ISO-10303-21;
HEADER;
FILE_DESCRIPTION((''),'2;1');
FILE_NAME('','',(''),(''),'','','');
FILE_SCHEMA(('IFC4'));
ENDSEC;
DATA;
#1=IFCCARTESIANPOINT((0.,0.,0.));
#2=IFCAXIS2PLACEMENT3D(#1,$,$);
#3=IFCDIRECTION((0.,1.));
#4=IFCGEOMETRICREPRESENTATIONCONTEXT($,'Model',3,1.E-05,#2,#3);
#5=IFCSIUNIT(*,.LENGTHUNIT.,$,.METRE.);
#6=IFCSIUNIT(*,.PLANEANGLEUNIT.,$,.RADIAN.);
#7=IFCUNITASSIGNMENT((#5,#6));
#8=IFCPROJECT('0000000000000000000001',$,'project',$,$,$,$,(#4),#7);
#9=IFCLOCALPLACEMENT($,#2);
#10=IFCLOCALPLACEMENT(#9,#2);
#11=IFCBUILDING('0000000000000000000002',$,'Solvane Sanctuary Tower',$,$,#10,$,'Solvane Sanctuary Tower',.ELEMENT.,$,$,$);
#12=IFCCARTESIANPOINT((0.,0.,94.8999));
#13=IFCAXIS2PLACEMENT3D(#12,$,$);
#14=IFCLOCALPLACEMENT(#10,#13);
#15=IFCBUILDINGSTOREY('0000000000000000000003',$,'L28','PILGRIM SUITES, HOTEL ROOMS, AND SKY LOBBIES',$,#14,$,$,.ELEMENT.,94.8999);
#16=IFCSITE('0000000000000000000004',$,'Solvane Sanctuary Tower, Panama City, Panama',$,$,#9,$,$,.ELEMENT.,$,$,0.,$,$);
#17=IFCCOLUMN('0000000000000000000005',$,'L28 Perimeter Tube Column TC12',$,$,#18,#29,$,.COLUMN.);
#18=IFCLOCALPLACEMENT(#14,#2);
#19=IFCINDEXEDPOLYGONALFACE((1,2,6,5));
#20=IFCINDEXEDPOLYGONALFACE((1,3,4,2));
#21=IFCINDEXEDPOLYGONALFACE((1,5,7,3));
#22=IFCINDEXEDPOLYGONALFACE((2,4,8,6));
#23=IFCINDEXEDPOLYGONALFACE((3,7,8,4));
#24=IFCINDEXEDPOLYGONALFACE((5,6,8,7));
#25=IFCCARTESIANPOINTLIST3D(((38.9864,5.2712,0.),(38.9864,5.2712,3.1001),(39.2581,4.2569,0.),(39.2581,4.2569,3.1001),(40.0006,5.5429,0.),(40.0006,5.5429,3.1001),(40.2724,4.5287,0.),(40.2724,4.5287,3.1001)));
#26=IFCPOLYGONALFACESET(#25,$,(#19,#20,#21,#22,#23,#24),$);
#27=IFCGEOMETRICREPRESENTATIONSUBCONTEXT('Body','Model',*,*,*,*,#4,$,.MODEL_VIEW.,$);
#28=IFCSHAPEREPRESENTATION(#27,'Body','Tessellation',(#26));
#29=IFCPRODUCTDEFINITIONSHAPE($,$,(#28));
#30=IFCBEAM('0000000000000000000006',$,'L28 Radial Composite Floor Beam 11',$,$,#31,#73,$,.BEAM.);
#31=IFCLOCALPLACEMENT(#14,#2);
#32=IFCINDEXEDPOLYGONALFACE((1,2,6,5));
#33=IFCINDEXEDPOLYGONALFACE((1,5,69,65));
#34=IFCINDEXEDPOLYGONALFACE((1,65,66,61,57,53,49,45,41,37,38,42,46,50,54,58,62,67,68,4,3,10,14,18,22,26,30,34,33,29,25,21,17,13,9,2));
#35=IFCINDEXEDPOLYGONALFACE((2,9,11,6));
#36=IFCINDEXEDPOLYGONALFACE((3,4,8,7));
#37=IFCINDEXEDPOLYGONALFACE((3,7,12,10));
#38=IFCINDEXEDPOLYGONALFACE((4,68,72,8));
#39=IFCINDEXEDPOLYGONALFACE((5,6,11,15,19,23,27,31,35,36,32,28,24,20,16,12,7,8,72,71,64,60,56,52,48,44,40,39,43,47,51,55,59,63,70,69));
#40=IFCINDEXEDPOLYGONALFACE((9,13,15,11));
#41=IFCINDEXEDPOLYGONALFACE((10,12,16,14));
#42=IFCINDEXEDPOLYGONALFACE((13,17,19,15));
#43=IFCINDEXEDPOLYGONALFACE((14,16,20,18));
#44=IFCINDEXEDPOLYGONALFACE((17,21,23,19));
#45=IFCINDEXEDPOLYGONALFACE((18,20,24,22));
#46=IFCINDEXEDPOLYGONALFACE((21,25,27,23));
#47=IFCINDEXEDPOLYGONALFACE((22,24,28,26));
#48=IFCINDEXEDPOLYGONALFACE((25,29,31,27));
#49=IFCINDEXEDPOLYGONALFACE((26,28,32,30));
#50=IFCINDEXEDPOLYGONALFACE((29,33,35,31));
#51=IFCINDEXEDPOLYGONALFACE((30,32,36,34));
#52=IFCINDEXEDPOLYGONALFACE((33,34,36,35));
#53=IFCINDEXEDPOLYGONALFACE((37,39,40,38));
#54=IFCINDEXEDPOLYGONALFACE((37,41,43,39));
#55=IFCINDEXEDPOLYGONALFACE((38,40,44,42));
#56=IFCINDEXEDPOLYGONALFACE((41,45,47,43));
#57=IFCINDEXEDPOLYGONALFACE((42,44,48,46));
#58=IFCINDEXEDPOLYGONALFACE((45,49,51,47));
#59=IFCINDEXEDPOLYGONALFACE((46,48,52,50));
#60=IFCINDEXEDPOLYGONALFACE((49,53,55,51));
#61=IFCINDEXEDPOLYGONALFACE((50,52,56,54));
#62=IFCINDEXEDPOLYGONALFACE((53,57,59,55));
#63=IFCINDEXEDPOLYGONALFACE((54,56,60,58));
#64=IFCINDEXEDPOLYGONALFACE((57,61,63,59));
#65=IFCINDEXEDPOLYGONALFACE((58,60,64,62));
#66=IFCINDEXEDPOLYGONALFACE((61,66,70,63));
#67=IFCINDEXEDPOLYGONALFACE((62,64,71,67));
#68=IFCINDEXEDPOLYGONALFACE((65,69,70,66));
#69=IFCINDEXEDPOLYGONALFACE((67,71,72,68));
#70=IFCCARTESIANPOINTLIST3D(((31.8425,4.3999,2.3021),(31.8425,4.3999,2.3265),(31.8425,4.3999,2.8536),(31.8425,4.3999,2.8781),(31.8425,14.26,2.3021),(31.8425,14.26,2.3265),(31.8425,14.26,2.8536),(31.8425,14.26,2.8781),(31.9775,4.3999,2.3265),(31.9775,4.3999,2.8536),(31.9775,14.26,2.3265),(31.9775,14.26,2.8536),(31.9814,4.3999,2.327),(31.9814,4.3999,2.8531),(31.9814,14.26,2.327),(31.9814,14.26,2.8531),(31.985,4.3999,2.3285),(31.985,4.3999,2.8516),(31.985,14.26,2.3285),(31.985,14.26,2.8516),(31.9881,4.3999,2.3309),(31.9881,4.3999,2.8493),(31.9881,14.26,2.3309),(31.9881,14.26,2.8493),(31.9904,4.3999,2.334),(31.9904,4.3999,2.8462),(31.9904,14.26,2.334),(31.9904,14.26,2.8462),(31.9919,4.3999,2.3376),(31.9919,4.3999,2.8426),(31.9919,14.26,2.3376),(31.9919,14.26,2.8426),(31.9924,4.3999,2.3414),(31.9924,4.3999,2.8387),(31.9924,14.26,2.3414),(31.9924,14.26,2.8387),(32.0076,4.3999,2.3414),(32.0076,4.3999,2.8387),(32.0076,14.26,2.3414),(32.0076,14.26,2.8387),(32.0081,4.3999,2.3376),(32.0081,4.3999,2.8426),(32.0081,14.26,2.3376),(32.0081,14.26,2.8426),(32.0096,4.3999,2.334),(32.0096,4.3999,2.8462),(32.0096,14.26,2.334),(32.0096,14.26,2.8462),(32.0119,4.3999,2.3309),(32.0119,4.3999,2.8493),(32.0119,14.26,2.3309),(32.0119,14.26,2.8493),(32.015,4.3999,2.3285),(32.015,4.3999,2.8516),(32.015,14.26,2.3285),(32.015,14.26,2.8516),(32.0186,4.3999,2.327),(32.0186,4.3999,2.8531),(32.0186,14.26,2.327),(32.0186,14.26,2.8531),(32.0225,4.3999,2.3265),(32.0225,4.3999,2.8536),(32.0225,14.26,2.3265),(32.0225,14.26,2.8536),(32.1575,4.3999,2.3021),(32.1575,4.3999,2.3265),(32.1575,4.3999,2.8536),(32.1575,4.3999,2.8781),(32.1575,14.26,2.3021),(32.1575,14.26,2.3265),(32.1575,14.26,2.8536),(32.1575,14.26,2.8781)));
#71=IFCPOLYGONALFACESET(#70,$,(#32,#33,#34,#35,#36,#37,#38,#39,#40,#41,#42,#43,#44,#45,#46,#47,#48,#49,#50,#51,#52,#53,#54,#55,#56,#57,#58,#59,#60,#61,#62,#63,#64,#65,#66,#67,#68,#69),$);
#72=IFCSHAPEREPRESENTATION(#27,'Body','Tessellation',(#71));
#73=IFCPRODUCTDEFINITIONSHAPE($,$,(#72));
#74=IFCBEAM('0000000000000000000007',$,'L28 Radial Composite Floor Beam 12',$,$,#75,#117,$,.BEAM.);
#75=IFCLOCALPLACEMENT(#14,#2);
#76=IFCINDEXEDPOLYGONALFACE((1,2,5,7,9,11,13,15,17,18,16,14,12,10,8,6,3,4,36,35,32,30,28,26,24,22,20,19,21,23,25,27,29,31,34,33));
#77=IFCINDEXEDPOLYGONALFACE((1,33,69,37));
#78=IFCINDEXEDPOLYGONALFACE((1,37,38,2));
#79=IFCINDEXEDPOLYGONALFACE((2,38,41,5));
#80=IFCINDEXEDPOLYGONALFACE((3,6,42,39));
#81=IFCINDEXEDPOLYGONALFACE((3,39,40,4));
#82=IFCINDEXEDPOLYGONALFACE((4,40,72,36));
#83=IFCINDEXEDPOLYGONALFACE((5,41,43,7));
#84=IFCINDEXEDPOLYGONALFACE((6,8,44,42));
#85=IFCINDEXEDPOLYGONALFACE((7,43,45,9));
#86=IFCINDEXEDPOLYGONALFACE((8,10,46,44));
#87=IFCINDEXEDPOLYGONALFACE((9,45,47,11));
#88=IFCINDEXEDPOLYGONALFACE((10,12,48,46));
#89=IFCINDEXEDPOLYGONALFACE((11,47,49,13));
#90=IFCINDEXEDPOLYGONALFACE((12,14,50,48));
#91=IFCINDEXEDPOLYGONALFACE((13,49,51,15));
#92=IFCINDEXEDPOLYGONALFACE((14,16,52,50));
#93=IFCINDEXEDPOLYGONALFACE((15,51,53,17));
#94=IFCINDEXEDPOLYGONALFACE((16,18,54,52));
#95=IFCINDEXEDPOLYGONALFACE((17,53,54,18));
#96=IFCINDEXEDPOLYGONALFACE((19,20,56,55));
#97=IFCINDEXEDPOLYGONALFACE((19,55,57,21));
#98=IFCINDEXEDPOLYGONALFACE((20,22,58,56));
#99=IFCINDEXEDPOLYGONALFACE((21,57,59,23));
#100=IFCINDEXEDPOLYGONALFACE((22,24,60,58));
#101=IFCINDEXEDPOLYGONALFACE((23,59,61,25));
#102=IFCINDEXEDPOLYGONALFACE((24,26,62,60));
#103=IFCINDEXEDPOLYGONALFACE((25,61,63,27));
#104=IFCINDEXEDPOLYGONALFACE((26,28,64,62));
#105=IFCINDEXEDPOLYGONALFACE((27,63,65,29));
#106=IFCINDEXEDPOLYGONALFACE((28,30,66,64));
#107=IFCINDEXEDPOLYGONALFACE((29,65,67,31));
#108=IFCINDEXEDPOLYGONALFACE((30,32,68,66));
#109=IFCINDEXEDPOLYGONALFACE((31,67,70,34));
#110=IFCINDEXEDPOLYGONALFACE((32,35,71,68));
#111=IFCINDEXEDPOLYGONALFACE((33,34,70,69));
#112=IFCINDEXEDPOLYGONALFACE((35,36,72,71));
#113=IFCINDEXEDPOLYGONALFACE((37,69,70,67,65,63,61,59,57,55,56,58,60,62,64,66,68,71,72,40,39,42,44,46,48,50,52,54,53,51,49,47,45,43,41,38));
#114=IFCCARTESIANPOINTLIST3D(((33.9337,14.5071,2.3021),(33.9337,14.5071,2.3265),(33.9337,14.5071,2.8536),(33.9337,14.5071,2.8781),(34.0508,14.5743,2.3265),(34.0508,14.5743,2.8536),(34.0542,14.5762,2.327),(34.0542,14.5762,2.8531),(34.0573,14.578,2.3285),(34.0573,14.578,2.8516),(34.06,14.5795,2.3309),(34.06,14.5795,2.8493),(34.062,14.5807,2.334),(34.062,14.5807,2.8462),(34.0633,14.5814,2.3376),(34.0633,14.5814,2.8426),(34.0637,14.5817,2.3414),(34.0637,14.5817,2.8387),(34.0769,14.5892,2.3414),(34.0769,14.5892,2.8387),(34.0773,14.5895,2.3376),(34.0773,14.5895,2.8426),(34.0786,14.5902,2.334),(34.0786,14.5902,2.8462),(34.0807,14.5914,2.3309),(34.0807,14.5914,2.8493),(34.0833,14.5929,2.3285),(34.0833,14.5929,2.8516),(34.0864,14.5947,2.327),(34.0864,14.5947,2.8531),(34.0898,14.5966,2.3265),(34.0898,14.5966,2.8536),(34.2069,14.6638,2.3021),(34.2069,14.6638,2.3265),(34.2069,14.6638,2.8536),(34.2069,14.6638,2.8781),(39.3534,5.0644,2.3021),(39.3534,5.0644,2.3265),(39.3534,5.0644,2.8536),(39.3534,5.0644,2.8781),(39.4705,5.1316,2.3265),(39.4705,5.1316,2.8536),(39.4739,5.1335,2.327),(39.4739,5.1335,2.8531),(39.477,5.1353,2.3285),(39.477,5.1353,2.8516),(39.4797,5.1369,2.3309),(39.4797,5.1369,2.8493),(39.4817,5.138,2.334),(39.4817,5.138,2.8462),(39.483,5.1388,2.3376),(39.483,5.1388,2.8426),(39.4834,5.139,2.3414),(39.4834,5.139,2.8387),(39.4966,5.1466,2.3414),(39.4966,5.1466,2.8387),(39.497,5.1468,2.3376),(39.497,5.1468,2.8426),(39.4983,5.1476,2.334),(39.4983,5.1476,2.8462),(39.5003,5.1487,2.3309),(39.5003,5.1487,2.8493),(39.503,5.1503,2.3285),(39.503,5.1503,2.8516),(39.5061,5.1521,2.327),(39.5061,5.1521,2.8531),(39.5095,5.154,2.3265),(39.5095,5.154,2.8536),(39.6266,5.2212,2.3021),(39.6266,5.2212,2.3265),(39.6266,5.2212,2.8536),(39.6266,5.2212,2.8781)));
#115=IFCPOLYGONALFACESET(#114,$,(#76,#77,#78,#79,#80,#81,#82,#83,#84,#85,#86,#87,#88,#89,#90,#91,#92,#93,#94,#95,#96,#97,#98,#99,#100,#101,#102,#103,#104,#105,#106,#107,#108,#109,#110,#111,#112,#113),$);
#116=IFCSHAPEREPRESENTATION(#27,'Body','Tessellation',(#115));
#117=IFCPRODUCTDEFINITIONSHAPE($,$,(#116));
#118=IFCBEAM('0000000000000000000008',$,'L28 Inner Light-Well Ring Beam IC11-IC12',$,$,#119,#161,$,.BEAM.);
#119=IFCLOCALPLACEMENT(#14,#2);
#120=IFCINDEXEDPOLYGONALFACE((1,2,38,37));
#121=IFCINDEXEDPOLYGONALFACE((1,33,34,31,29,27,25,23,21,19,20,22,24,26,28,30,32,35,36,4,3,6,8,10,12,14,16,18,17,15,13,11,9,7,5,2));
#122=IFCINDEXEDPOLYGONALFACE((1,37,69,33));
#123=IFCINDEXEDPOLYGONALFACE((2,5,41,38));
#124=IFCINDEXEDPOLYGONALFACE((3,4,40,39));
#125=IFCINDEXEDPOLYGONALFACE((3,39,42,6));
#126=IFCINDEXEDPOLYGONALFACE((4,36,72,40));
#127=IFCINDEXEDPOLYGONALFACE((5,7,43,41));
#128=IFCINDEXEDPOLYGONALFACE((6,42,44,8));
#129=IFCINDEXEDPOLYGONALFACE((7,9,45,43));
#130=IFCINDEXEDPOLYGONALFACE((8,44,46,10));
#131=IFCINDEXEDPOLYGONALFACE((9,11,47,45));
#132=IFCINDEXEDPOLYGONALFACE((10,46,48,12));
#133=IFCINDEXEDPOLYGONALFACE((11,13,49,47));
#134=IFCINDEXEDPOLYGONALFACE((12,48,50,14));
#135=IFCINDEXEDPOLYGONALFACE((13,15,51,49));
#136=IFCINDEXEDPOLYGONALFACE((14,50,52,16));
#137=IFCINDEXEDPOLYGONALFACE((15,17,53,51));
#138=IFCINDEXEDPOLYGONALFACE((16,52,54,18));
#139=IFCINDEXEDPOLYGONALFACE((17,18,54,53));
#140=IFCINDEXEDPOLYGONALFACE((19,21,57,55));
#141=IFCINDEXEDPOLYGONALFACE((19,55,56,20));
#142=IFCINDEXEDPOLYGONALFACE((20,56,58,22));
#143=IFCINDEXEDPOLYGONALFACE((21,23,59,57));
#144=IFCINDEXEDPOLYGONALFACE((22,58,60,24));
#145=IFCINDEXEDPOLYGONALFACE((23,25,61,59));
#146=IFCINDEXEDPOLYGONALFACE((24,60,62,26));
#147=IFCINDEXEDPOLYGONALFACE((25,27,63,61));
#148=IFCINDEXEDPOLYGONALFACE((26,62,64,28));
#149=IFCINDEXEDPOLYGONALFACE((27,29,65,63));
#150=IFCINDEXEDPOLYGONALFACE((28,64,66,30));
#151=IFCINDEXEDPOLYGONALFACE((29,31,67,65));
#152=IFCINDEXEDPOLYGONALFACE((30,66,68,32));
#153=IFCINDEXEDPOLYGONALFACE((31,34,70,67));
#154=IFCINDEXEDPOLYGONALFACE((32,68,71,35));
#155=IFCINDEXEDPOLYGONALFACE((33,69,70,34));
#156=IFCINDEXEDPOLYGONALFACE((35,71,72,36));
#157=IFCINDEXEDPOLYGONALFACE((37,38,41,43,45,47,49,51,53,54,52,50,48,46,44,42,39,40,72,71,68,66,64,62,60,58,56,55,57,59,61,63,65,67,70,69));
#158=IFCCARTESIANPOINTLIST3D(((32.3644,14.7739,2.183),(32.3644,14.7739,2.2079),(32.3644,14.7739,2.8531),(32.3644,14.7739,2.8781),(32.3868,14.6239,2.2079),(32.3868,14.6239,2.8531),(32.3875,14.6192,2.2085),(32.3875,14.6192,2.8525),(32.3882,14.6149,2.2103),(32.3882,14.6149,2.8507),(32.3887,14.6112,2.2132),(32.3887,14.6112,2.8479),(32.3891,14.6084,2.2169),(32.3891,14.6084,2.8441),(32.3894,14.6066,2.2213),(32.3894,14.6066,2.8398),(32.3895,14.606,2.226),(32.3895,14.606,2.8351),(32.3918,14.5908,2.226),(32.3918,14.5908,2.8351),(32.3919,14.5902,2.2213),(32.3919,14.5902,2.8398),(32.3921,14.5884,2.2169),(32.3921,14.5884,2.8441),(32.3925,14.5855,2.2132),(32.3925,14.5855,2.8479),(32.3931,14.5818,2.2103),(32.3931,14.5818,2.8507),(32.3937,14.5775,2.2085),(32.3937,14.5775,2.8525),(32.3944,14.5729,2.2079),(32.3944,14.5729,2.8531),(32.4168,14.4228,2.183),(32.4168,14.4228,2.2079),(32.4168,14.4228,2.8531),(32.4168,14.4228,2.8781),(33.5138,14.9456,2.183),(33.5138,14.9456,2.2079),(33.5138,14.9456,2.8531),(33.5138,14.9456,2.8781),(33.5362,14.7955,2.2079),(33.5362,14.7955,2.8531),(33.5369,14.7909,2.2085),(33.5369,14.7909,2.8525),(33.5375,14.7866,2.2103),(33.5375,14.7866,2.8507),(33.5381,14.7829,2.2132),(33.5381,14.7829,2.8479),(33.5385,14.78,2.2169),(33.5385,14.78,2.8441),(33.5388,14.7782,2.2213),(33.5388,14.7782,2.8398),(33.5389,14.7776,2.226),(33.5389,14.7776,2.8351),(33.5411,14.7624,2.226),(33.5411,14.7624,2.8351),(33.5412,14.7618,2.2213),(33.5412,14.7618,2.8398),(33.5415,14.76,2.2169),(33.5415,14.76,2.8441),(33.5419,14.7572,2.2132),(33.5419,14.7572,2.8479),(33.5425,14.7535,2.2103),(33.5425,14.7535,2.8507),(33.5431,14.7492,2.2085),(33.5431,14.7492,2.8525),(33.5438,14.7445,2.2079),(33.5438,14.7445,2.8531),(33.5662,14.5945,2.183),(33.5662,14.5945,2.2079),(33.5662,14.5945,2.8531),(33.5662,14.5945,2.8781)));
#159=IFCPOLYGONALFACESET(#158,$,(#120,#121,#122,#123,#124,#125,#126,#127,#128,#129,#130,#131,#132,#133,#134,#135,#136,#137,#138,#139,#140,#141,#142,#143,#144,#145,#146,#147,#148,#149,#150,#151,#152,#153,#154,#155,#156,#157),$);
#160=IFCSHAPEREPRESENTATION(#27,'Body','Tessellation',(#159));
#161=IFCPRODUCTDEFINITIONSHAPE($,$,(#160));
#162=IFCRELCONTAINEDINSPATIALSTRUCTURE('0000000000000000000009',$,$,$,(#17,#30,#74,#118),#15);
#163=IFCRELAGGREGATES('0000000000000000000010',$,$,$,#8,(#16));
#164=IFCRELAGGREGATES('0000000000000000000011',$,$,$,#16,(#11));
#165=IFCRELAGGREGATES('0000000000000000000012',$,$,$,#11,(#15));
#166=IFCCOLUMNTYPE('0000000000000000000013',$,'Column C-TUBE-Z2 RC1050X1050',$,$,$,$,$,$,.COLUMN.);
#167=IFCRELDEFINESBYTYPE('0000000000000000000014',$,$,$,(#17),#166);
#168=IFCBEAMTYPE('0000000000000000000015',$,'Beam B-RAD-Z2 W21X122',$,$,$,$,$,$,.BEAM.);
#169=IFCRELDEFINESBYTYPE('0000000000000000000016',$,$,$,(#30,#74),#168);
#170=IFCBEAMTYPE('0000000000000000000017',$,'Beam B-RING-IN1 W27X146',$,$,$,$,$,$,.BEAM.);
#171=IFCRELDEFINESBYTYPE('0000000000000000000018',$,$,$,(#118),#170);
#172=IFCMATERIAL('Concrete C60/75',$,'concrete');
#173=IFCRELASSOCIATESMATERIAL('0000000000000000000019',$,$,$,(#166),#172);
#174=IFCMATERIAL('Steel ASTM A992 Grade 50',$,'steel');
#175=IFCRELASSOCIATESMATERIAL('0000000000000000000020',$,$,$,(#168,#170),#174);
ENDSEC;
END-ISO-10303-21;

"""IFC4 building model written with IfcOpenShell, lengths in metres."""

from ifc_helpers import new_model, si_unit, direction, frame, origin, origin_2d, place, context, subcontext, project, spatial, rectangle, i_section, extrude, material, material_profile, profile_set, type_object, element, save


model = new_model("IFC4")

# Units and contexts
model_context = context("Model", 3, precision=1e-05, world=origin(), true_north=direction((0.0, 1.0)))
body_context = subcontext(model_context, "Body", "Model", "MODEL_VIEW")
ifc_project = project(units=[si_unit("LENGTHUNIT", "METRE"), si_unit("PLANEANGLEUNIT", "RADIAN")], contexts=[model_context])

# Site, building, storey
site_placement = place(None, origin())
site = spatial("IfcSite", under=ifc_project, at=site_placement, Name="Solvane Sanctuary Tower, Panama City, Panama", CompositionType="ELEMENT", RefElevation=0.0)
building_placement = place(site_placement, origin())
building = spatial("IfcBuilding", under=site, at=building_placement, Name="Solvane Sanctuary Tower", LongName="Solvane Sanctuary Tower", CompositionType="ELEMENT")
storey_placement = place(building_placement, frame((0.0, 0.0, 94.8999)))
storey = spatial("IfcBuildingStorey", under=building, at=storey_placement, Name="L28", Description="PILGRIM SUITES, HOTEL ROOMS, AND SKY LOBBIES", CompositionType="ELEMENT", Elevation=94.8999)

# Column
ifc_material_1 = material(Name="Concrete C60/75", Category="concrete")
ifc_material_profile_1 = material_profile(ifc_material_1, rectangle(XDim=1.05, YDim=1.05, at=origin_2d()), Name="RC1050X1050")
ifc_profile_set_1 = profile_set([ifc_material_profile_1], Name="Concrete C60/75")
column_type = type_object("IfcColumnType", Name="Column C-TUBE-Z2 RC1050X1050", PredefinedType="COLUMN", material=ifc_profile_set_1)
column_placement = place(storey_placement, frame((39.6294, 4.8999, 0.0), z_axis=(0.0, 0.0, 1.0), x_axis=(0.258819, -0.965926, 0.0)))
element("IfcColumn", 1, at=column_placement, inside=storey, type_object=column_type, Name="L28 Perimeter Tube Column TC12", PredefinedType="COLUMN", context=body_context, shape_type="SweptSolid", body=[
    extrude(rectangle(XDim=1.05, YDim=1.05, at=origin_2d()), origin(), (0.0, 0.0, 1.0), 3.1001),
])

# Beams
ifc_material_2 = material(Name="Steel ASTM A992 Grade 50", Category="steel")
ifc_material_profile_2 = material_profile(ifc_material_2, i_section(OverallWidth=0.3149, OverallDepth=0.5759, WebThickness=0.0151, FlangeThickness=0.0244, FilletRadius=0.0149, at=origin_2d()), Name="W21X122")
ifc_profile_set_2 = profile_set([ifc_material_profile_2], Name="Steel ASTM A992 Grade 50")
beam_type_1 = type_object("IfcBeamType", Name="Beam B-RAD-Z2 W21X122", PredefinedType="BEAM", material=ifc_profile_set_2)
beam_1_placement = place(storey_placement, frame((32.0, 14.26, 2.5901), z_axis=(0.0, -1.0, 0.0), x_axis=(1.0, 0.0, 0.0)))
element("IfcBeam", 2, at=beam_1_placement, inside=storey, type_object=beam_type_1, Name="L28 Radial Composite Floor Beam 11", PredefinedType="BEAM", context=body_context, shape_type="SweptSolid", body=[
    extrude(i_section(OverallWidth=0.3149, OverallDepth=0.5759, WebThickness=0.0151, FlangeThickness=0.0244, FilletRadius=0.0149, at=origin_2d()), origin(), (0.0, 0.0, 1.0), 9.8601),
])
beam_2_placement = place(storey_placement, frame((34.0703, 14.5854, 2.5901), z_axis=(0.497792, -0.867296, 0.0), x_axis=(0.867296, 0.497792, 0.0)))
element("IfcBeam", 3, at=beam_2_placement, inside=storey, type_object=beam_type_1, Name="L28 Radial Composite Floor Beam 12", PredefinedType="BEAM", context=body_context, shape_type="SweptSolid", body=[
    extrude(i_section(OverallWidth=0.3149, OverallDepth=0.5759, WebThickness=0.0151, FlangeThickness=0.0244, FilletRadius=0.0149, at=origin_2d()), origin(), (0.0, 0.0, 1.0), 10.8875),
])
ifc_material_profile_3 = material_profile(ifc_material_2, i_section(OverallWidth=0.355, OverallDepth=0.6951, WebThickness=0.0154, FlangeThickness=0.0249, FilletRadius=0.0181, at=origin_2d()), Name="W27X146")
ifc_profile_set_3 = profile_set([ifc_material_profile_3], Name="Steel ASTM A992 Grade 50")
beam_type_2 = type_object("IfcBeamType", Name="Beam B-RING-IN1 W27X146", PredefinedType="BEAM", material=ifc_profile_set_3)
beam_3_placement = place(storey_placement, frame((32.3906, 14.5984, 2.5305), z_axis=(0.989035, 0.147683, 0.0), x_axis=(-0.147683, 0.989035, 0.0)))
element("IfcBeam", 4, at=beam_3_placement, inside=storey, type_object=beam_type_2, Name="L28 Inner Light-Well Ring Beam IC11-IC12", PredefinedType="BEAM", context=body_context, shape_type="SweptSolid", body=[
    extrude(i_section(OverallWidth=0.355, OverallDepth=0.6951, WebThickness=0.0154, FlangeThickness=0.0249, FilletRadius=0.0181, at=origin_2d()), origin(), (0.0, 0.0, 1.0), 1.1621),
])

save(model, "model.ifc")
